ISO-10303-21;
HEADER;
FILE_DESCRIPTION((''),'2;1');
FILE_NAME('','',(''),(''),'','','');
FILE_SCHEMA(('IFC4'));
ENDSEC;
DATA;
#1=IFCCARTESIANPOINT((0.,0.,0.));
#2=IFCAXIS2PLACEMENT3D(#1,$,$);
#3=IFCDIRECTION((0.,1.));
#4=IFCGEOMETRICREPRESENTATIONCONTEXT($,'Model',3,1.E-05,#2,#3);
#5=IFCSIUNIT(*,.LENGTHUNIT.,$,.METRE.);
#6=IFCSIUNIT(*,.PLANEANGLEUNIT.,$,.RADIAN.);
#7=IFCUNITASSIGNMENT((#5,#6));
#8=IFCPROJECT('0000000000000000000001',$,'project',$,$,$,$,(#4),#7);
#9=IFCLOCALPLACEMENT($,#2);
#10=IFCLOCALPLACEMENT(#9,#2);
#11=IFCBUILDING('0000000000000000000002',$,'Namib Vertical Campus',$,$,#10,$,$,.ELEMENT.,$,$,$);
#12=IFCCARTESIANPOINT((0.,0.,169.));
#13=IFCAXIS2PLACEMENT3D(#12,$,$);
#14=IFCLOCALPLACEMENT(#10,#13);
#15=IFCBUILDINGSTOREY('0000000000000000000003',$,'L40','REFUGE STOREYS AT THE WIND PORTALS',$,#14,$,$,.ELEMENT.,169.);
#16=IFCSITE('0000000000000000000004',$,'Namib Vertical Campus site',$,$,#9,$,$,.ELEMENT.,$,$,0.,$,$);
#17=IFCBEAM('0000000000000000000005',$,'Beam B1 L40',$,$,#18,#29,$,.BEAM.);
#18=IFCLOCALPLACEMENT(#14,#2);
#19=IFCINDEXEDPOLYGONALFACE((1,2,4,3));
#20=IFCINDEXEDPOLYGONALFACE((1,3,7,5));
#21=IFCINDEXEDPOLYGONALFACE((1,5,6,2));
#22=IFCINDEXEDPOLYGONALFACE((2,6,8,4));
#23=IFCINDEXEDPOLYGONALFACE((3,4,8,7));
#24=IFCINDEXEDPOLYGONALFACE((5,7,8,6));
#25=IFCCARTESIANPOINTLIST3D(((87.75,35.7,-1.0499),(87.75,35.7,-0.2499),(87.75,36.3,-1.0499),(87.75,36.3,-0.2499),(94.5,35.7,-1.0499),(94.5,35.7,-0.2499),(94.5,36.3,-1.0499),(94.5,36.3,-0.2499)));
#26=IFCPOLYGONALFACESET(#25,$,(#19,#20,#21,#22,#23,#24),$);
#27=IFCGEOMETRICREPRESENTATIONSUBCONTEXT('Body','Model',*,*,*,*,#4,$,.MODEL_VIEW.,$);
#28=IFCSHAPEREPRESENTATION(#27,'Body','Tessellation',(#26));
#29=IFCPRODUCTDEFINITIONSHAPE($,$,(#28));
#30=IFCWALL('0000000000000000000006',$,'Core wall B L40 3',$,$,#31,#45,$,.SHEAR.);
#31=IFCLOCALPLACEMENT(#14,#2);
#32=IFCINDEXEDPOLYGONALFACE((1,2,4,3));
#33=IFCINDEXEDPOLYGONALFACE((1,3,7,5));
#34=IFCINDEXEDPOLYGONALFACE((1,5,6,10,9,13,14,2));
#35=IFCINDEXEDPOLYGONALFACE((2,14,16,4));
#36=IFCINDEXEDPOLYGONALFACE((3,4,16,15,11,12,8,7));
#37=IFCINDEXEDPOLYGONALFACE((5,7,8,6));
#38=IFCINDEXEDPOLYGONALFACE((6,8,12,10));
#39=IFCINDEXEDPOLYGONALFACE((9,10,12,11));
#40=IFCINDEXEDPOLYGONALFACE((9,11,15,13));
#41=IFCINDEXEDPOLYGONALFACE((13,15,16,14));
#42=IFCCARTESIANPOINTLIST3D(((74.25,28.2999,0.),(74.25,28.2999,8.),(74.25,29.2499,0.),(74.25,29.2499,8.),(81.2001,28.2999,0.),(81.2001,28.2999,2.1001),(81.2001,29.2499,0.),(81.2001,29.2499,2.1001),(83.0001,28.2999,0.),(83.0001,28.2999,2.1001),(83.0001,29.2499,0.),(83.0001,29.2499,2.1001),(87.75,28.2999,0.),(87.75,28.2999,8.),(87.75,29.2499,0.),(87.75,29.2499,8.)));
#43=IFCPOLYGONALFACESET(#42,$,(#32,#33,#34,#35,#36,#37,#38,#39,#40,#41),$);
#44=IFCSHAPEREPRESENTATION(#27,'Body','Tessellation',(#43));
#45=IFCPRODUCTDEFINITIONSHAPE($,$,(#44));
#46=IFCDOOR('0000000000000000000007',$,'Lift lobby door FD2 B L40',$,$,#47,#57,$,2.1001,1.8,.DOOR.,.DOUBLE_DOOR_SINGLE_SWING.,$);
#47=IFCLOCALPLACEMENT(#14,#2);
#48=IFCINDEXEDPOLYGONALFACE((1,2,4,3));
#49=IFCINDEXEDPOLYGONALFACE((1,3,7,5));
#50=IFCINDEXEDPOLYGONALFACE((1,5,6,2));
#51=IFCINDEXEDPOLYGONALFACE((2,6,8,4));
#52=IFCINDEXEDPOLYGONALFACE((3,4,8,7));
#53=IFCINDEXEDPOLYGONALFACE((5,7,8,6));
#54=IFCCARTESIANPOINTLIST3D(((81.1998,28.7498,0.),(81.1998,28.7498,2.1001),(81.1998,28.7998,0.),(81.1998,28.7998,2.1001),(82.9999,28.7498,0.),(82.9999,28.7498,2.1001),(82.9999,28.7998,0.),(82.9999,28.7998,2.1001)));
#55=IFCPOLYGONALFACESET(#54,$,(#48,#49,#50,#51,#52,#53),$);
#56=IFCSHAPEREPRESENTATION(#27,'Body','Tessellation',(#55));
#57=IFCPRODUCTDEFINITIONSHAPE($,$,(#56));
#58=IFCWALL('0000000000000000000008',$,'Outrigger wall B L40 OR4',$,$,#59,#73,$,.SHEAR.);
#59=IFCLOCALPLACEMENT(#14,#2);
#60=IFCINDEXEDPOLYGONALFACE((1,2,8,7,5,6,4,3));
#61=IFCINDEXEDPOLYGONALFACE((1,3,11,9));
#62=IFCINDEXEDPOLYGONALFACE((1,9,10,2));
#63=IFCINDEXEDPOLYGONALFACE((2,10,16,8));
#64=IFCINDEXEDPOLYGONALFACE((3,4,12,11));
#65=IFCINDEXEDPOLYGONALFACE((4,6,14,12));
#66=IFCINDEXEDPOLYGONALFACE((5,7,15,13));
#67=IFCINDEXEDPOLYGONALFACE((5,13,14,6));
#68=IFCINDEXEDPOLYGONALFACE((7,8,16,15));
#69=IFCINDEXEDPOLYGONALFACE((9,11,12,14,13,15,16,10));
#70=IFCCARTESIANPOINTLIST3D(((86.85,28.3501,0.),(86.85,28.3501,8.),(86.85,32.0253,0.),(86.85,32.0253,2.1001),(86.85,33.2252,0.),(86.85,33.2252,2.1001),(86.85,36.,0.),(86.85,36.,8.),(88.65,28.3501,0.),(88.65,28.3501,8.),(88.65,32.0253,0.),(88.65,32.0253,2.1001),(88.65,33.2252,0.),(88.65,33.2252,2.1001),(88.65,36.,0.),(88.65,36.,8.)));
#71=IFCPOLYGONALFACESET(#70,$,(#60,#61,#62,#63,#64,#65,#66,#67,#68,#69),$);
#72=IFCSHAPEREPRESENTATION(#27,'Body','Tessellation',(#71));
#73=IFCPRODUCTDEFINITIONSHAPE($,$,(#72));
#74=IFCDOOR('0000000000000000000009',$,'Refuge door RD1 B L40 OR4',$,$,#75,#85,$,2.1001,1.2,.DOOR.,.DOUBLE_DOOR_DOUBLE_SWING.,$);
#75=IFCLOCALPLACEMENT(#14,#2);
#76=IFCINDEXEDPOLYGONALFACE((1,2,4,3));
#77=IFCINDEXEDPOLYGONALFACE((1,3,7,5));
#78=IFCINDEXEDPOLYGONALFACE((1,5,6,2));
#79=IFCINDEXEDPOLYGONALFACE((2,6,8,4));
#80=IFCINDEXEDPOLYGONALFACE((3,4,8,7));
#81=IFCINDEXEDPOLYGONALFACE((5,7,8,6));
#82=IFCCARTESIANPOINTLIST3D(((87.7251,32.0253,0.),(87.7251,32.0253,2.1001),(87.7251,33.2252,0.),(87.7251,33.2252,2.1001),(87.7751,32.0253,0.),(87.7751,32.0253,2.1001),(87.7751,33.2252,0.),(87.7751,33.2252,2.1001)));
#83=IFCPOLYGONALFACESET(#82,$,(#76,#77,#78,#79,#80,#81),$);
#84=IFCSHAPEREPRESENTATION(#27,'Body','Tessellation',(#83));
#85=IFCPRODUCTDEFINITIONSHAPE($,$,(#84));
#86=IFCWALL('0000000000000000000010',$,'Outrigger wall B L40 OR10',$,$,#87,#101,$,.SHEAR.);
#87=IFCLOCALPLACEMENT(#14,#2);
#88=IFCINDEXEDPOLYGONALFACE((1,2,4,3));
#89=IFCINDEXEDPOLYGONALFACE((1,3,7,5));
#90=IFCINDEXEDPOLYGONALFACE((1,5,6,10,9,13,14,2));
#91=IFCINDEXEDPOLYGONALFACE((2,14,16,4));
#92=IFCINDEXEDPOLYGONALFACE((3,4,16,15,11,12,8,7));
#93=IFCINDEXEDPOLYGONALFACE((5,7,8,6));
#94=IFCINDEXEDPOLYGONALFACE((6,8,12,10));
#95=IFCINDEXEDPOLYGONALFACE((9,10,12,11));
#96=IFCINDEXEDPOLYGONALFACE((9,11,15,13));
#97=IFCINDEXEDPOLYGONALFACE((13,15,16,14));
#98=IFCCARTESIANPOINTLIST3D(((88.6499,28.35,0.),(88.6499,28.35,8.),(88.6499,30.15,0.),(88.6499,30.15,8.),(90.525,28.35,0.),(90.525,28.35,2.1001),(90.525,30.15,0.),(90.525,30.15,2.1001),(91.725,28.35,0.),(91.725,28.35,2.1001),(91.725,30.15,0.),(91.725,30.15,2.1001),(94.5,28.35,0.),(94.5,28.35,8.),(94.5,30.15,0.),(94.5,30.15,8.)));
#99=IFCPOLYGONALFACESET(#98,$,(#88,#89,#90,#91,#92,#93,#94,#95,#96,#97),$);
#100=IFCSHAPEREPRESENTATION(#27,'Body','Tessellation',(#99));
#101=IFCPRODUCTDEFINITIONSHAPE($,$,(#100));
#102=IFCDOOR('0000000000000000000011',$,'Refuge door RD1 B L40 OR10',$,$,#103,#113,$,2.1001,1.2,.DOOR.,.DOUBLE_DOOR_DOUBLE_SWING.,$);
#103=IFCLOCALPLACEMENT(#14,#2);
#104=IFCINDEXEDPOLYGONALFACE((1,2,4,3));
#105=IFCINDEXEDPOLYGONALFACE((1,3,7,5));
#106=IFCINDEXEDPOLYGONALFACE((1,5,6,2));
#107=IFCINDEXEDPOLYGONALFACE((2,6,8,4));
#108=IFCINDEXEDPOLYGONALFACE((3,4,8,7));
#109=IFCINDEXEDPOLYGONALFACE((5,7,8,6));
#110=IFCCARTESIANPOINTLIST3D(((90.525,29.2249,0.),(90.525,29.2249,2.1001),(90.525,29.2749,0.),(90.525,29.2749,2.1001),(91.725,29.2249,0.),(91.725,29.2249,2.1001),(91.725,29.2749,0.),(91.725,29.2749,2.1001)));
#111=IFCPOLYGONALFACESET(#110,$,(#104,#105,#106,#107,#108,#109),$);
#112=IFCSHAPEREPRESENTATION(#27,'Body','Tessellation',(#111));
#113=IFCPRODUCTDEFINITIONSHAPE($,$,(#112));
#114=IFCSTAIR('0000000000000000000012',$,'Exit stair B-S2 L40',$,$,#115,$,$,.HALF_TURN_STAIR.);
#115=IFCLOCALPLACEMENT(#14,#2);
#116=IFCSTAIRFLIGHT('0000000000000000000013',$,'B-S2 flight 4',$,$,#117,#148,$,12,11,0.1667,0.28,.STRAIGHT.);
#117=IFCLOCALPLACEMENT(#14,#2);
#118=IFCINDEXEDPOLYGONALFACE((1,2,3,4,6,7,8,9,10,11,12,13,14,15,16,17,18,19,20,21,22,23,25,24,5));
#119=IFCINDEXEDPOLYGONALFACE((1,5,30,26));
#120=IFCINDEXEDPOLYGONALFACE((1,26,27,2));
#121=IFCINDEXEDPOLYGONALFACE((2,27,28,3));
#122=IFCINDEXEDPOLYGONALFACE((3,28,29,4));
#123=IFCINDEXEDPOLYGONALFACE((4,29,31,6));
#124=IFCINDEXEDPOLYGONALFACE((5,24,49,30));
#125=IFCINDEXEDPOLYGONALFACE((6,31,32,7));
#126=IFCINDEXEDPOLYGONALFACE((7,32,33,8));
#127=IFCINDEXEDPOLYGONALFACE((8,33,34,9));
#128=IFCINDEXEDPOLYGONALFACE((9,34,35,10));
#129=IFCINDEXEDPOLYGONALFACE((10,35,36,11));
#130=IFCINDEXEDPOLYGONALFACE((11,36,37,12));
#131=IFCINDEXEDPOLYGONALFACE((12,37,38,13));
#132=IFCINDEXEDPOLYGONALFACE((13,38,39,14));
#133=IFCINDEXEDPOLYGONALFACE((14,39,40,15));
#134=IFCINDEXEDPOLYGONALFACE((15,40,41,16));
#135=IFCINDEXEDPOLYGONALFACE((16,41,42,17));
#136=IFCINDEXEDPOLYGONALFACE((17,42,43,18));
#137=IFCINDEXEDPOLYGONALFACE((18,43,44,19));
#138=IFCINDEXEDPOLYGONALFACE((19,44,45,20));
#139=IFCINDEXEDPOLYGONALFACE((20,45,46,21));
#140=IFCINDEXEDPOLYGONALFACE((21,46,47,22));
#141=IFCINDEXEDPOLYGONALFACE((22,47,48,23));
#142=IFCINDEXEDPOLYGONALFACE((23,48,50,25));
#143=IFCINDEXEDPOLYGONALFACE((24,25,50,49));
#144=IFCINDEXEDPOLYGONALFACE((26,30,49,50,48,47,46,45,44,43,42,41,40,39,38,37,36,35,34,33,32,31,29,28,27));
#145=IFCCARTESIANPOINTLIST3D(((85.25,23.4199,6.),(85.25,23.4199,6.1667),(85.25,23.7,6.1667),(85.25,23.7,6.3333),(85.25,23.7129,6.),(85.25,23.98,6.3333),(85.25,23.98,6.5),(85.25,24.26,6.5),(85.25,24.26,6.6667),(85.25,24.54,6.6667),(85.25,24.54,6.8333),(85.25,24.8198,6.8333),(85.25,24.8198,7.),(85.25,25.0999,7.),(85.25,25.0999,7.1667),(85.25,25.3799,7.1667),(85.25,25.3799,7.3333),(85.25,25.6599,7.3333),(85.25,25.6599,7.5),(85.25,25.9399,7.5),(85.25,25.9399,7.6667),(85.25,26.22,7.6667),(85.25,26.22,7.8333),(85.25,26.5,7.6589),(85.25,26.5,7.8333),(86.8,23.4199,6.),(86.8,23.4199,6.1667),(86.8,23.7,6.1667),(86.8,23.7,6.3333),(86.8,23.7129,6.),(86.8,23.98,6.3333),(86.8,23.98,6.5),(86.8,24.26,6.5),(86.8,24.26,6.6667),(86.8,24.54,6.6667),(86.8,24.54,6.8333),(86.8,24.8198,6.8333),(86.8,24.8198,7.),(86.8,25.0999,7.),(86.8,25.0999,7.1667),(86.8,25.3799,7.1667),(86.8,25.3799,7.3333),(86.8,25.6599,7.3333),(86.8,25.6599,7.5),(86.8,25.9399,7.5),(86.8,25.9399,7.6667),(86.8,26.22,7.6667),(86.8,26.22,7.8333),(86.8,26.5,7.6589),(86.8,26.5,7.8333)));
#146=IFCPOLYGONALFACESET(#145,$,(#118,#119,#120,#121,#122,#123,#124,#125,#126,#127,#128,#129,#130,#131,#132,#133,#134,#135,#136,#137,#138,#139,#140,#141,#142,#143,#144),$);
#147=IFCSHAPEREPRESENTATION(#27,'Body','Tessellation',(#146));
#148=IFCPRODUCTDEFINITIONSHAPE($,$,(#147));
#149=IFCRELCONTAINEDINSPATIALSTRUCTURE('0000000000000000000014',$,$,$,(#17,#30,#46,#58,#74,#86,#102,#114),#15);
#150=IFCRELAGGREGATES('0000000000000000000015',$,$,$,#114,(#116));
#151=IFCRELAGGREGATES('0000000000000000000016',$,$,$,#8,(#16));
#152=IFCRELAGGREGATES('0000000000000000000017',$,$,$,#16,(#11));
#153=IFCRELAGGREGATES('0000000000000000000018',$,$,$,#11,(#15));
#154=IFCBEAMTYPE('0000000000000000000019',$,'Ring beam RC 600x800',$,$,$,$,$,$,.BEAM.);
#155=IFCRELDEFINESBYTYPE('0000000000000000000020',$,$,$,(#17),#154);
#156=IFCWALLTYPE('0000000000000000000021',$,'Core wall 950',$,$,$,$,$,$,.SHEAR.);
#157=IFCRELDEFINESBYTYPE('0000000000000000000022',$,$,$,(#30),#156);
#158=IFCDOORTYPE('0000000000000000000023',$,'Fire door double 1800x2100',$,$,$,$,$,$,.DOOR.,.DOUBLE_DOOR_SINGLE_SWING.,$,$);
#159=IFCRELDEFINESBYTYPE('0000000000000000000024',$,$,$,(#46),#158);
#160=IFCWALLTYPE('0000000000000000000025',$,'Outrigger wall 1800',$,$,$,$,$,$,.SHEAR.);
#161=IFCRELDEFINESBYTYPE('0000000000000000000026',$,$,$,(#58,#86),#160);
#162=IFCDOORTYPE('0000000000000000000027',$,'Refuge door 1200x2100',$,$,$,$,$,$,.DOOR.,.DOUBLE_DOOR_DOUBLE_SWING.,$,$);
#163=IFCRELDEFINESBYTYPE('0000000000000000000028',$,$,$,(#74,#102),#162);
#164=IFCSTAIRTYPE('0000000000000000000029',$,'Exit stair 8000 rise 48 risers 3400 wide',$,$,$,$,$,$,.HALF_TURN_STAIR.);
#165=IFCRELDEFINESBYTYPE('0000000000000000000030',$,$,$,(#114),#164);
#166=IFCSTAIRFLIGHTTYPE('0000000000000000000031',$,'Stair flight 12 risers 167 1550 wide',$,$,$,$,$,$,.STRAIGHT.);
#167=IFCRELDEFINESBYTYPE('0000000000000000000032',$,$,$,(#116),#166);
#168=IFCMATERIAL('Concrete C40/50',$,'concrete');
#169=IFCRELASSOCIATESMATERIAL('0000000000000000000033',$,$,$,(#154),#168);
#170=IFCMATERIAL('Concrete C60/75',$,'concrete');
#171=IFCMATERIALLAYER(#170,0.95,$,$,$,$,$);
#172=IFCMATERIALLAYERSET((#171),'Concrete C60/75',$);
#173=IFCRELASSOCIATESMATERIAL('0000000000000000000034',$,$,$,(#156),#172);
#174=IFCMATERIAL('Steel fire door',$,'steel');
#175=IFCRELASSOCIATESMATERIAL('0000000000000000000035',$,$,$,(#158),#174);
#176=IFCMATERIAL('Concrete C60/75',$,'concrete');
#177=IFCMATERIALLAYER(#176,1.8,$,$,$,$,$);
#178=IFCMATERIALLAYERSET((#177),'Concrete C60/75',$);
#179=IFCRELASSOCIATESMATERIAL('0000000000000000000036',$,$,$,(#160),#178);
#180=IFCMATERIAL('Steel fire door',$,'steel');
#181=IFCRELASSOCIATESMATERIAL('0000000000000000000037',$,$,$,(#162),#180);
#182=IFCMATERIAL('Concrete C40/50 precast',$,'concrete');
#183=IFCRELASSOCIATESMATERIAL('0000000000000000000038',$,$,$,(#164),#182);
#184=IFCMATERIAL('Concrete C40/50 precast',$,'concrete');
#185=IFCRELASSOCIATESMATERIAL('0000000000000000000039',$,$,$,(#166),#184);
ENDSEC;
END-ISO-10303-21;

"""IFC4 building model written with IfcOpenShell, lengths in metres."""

from ifc_helpers import new_model, si_unit, direction, frame, frame_2d, origin, origin_2d, place, context, subcontext, project, spatial, polyline, rectangle, outline, extrude, material, layer, layer_set, material_profile, profile_set, type_object, element, fill, aggregate, save


model = new_model("IFC4")

# Units and contexts
model_context = context("Model", 3, precision=1e-05, world=origin(), true_north=direction((0.0, 1.0)))
body_context = subcontext(model_context, "Body", "Model", "MODEL_VIEW")
ifc_project = project(units=[si_unit("LENGTHUNIT", "METRE"), si_unit("PLANEANGLEUNIT", "RADIAN")], contexts=[model_context])

# Site, building, storey
site_placement = place(None, origin())
site = spatial("IfcSite", under=ifc_project, at=site_placement, Name="Namib Vertical Campus site", CompositionType="ELEMENT", RefElevation=0.0)
building_placement = place(site_placement, origin())
building = spatial("IfcBuilding", under=site, at=building_placement, Name="Namib Vertical Campus", CompositionType="ELEMENT")
storey_placement = place(building_placement, frame((0.0, 0.0, 169.0)))
storey = spatial("IfcBuildingStorey", under=building, at=storey_placement, Name="L40", Description="REFUGE STOREYS AT THE WIND PORTALS", CompositionType="ELEMENT", Elevation=169.0)

# Beam
ifc_material_1 = material(Name="Concrete C40/50", Category="concrete")
ifc_material_profile_1 = material_profile(ifc_material_1, rectangle(XDim=0.6001, YDim=0.8, at=origin_2d()))
ifc_profile_set_1 = profile_set([ifc_material_profile_1], Name="Concrete C40/50")
beam_type_1 = type_object("IfcBeamType", Name="Ring beam RC 600x800", PredefinedType="BEAM", material=ifc_profile_set_1)
beam_1_placement = place(storey_placement, frame((87.75, 36.0, -0.6499), z_axis=(1.0, 0.0, 0.0), x_axis=(0.0, 1.0, 0.0)))
element("IfcBeam", 1, at=beam_1_placement, inside=storey, type_object=beam_type_1, Name="Beam B1 L40", PredefinedType="BEAM", context=body_context, shape_type="SweptSolid", body=[
    extrude(rectangle(XDim=0.6001, YDim=0.8, at=origin_2d()), origin(), (0.0, 0.0, 1.0), 6.75),
])

# Walls, openings, doors
ifc_material_2 = material(Name="Concrete C60/75", Category="concrete")
ifc_layer_1 = layer(ifc_material_2, 0.95)
ifc_layer_set_1 = layer_set([ifc_layer_1], Name="Concrete C60/75")
wall_type_1 = type_object("IfcWallType", Name="Core wall 950", PredefinedType="SHEAR", material=ifc_layer_set_1)
wall_1_placement = place(storey_placement, frame((87.75, 28.7749, 0.0), z_axis=(0.0, 0.0, 1.0), x_axis=(-1.0, 0.0, 0.0)))
wall_1 = element("IfcWall", 2, at=wall_1_placement, inside=storey, type_object=wall_type_1, Name="Core wall B L40 3", PredefinedType="SHEAR", context=body_context, shape_type="SweptSolid", body=[
    extrude(rectangle(XDim=13.5, YDim=0.95, at=frame_2d((6.75, 0.0))), origin(), (0.0, 0.0, 1.0), 8.0),
])
opening_1_placement = place(wall_1_placement, frame((4.75, 0.0, 0.0)))
opening_1 = element("IfcOpeningElement", 3, at=opening_1_placement, cuts=wall_1, PredefinedType="OPENING", context=body_context, shape_type="SweptSolid", body=[
    extrude(rectangle(XDim=1.8, YDim=2.1001, at=frame_2d((0.8999, 1.05))), frame((0.0, 0.4849, 0.0), z_axis=(0.0, -1.0, 0.0), x_axis=(1.0, 0.0, 0.0)), (0.0, 0.0, 1.0), 0.97),
])
ifc_material_3 = material(Name="Steel fire door", Category="steel")
door_type_1 = type_object("IfcDoorType", Name="Fire door double 1800x2100", OperationType="DOUBLE_DOOR_SINGLE_SWING", PredefinedType="DOOR", material=ifc_material_3)
door_1_placement = place(opening_1_placement, frame((1.8, 0.0, 0.0), z_axis=(0.0, 0.0, 1.0), x_axis=(-1.0, 0.0, 0.0)))
door_1 = element("IfcDoor", 4, at=door_1_placement, inside=storey, type_object=door_type_1, Name="Lift lobby door FD2 B L40", OperationType="DOUBLE_DOOR_SINGLE_SWING", OverallHeight=2.1001, OverallWidth=1.8, PredefinedType="DOOR", context=body_context, shape_type="SweptSolid", body=[
    extrude(rectangle(XDim=1.8, YDim=2.1001, at=frame_2d((0.8999, 1.05))), frame((0.0, 0.0249, 0.0), z_axis=(0.0, -1.0, 0.0), x_axis=(1.0, 0.0, 0.0)), (0.0, 0.0, 1.0), 0.05),
])
fill(opening_1, door_1)
ifc_material_4 = material(Name="Concrete C60/75", Category="concrete")
ifc_layer_2 = layer(ifc_material_4, 1.8)
ifc_layer_set_2 = layer_set([ifc_layer_2], Name="Concrete C60/75")
wall_type_2 = type_object("IfcWallType", Name="Outrigger wall 1800", PredefinedType="SHEAR", material=ifc_layer_set_2)
wall_2_placement = place(storey_placement, frame((87.75, 28.3501, 0.0), z_axis=(0.0, 0.0, 1.0), x_axis=(0.0, 1.0, 0.0)))
wall_2 = element("IfcWall", 5, at=wall_2_placement, inside=storey, type_object=wall_type_2, Name="Outrigger wall B L40 OR4", PredefinedType="SHEAR", context=body_context, shape_type="SweptSolid", body=[
    extrude(rectangle(XDim=7.6499, YDim=1.8, at=frame_2d((3.825, 0.0))), origin(), (0.0, 0.0, 1.0), 8.0),
])
opening_2_placement = place(wall_2_placement, frame((3.675, 0.0, 0.0)))
opening_2 = element("IfcOpeningElement", 6, at=opening_2_placement, cuts=wall_2, PredefinedType="OPENING", context=body_context, shape_type="SweptSolid", body=[
    extrude(rectangle(XDim=1.2, YDim=2.1001, at=frame_2d((0.6001, 1.05))), frame((0.0, 0.9099, 0.0), z_axis=(0.0, -1.0, 0.0), x_axis=(1.0, 0.0, 0.0)), (0.0, 0.0, 1.0), 1.8201),
])
ifc_material_5 = material(Name="Steel fire door", Category="steel")
door_type_2 = type_object("IfcDoorType", Name="Refuge door 1200x2100", OperationType="DOUBLE_DOOR_DOUBLE_SWING", PredefinedType="DOOR", material=ifc_material_5)
door_2_placement = place(opening_2_placement, origin())
door_2 = element("IfcDoor", 7, at=door_2_placement, inside=storey, type_object=door_type_2, Name="Refuge door RD1 B L40 OR4", OperationType="DOUBLE_DOOR_DOUBLE_SWING", OverallHeight=2.1001, OverallWidth=1.2, PredefinedType="DOOR", context=body_context, shape_type="SweptSolid", body=[
    extrude(rectangle(XDim=1.2, YDim=2.1001, at=frame_2d((0.6001, 1.05))), frame((0.0, 0.0249, 0.0), z_axis=(0.0, -1.0, 0.0), x_axis=(1.0, 0.0, 0.0)), (0.0, 0.0, 1.0), 0.05),
])
fill(opening_2, door_2)
wall_3_placement = place(storey_placement, frame((88.6499, 29.25, 0.0), z_axis=(0.0, 0.0, 1.0), x_axis=(1.0, 0.0, 0.0)))
wall_3 = element("IfcWall", 8, at=wall_3_placement, inside=storey, type_object=wall_type_2, Name="Outrigger wall B L40 OR10", PredefinedType="SHEAR", context=body_context, shape_type="SweptSolid", body=[
    extrude(rectangle(XDim=5.8501, YDim=1.8, at=frame_2d((2.925, 0.0))), origin(), (0.0, 0.0, 1.0), 8.0),
])
opening_3_placement = place(wall_3_placement, frame((1.875, 0.0, 0.0)))
opening_3 = element("IfcOpeningElement", 9, at=opening_3_placement, cuts=wall_3, PredefinedType="OPENING", context=body_context, shape_type="SweptSolid", body=[
    extrude(rectangle(XDim=1.2, YDim=2.1001, at=frame_2d((0.6001, 1.05))), frame((0.0, 0.9099, 0.0), z_axis=(0.0, -1.0, 0.0), x_axis=(1.0, 0.0, 0.0)), (0.0, 0.0, 1.0), 1.8201),
])
door_3_placement = place(opening_3_placement, origin())
door_3 = element("IfcDoor", 10, at=door_3_placement, inside=storey, type_object=door_type_2, Name="Refuge door RD1 B L40 OR10", OperationType="DOUBLE_DOOR_DOUBLE_SWING", OverallHeight=2.1001, OverallWidth=1.2, PredefinedType="DOOR", context=body_context, shape_type="SweptSolid", body=[
    extrude(rectangle(XDim=1.2, YDim=2.1001, at=frame_2d((0.6001, 1.05))), frame((0.0, 0.0249, 0.0), z_axis=(0.0, -1.0, 0.0), x_axis=(1.0, 0.0, 0.0)), (0.0, 0.0, 1.0), 0.05),
])
fill(opening_3, door_3)

# Stair, stair flight
ifc_material_6 = material(Name="Concrete C40/50 precast", Category="concrete")
stair_type = type_object("IfcStairType", Name="Exit stair 8000 rise 48 risers 3400 wide", PredefinedType="HALF_TURN_STAIR", material=ifc_material_6)
stair_placement = place(storey_placement, origin())
stair = element("IfcStair", 11, at=stair_placement, inside=storey, type_object=stair_type, Name="Exit stair B-S2 L40", PredefinedType="HALF_TURN_STAIR")
ifc_material_7 = material(Name="Concrete C40/50 precast", Category="concrete")
stair_flight_type = type_object("IfcStairFlightType", Name="Stair flight 12 risers 167 1550 wide", PredefinedType="STRAIGHT", material=ifc_material_7)
stair_flight_placement = place(storey_placement, frame((86.0249, 23.4199, 6.0), z_axis=(0.0, 0.0, 1.0), x_axis=(0.0, 1.0, 0.0)))
stair_flight = element("IfcStairFlight", 12, at=stair_flight_placement, type_object=stair_flight_type, Name="B-S2 flight 4", NumberOfRisers=12, NumberOfTreads=11, PredefinedType="STRAIGHT", RiserHeight=0.1667, TreadLength=0.28, context=body_context, shape_type="SweptSolid", body=[
    extrude(outline(polyline([(0.0, 0.0), (0.0, 0.1667), (0.28, 0.1667), (0.28, 0.3333), (0.5601, 0.3333), (0.5601, 0.5), (0.8401, 0.5), (0.8401, 0.6667), (1.1201, 0.6667), (1.1201, 0.8333), (1.3999, 0.8333), (1.3999, 1.0), (1.6799, 1.0), (1.6799, 1.1667), (1.96, 1.1667), (1.96, 1.3333), (2.24, 1.3333), (2.24, 1.5), (2.52, 1.5), (2.52, 1.6667), (2.8, 1.6667), (2.8, 1.8333), (3.0801, 1.8333), (3.0801, 2.0), (3.0801, 1.6589), (0.293, 0.0), (0.0, 0.0)])), frame((0.0, 0.7749, 0.0), z_axis=(0.0, -1.0, 0.0), x_axis=(1.0, 0.0, 0.0)), (0.0, 0.0, 1.0), 1.55),
])
aggregate(stair, [stair_flight])

save(model, "model.ifc")
